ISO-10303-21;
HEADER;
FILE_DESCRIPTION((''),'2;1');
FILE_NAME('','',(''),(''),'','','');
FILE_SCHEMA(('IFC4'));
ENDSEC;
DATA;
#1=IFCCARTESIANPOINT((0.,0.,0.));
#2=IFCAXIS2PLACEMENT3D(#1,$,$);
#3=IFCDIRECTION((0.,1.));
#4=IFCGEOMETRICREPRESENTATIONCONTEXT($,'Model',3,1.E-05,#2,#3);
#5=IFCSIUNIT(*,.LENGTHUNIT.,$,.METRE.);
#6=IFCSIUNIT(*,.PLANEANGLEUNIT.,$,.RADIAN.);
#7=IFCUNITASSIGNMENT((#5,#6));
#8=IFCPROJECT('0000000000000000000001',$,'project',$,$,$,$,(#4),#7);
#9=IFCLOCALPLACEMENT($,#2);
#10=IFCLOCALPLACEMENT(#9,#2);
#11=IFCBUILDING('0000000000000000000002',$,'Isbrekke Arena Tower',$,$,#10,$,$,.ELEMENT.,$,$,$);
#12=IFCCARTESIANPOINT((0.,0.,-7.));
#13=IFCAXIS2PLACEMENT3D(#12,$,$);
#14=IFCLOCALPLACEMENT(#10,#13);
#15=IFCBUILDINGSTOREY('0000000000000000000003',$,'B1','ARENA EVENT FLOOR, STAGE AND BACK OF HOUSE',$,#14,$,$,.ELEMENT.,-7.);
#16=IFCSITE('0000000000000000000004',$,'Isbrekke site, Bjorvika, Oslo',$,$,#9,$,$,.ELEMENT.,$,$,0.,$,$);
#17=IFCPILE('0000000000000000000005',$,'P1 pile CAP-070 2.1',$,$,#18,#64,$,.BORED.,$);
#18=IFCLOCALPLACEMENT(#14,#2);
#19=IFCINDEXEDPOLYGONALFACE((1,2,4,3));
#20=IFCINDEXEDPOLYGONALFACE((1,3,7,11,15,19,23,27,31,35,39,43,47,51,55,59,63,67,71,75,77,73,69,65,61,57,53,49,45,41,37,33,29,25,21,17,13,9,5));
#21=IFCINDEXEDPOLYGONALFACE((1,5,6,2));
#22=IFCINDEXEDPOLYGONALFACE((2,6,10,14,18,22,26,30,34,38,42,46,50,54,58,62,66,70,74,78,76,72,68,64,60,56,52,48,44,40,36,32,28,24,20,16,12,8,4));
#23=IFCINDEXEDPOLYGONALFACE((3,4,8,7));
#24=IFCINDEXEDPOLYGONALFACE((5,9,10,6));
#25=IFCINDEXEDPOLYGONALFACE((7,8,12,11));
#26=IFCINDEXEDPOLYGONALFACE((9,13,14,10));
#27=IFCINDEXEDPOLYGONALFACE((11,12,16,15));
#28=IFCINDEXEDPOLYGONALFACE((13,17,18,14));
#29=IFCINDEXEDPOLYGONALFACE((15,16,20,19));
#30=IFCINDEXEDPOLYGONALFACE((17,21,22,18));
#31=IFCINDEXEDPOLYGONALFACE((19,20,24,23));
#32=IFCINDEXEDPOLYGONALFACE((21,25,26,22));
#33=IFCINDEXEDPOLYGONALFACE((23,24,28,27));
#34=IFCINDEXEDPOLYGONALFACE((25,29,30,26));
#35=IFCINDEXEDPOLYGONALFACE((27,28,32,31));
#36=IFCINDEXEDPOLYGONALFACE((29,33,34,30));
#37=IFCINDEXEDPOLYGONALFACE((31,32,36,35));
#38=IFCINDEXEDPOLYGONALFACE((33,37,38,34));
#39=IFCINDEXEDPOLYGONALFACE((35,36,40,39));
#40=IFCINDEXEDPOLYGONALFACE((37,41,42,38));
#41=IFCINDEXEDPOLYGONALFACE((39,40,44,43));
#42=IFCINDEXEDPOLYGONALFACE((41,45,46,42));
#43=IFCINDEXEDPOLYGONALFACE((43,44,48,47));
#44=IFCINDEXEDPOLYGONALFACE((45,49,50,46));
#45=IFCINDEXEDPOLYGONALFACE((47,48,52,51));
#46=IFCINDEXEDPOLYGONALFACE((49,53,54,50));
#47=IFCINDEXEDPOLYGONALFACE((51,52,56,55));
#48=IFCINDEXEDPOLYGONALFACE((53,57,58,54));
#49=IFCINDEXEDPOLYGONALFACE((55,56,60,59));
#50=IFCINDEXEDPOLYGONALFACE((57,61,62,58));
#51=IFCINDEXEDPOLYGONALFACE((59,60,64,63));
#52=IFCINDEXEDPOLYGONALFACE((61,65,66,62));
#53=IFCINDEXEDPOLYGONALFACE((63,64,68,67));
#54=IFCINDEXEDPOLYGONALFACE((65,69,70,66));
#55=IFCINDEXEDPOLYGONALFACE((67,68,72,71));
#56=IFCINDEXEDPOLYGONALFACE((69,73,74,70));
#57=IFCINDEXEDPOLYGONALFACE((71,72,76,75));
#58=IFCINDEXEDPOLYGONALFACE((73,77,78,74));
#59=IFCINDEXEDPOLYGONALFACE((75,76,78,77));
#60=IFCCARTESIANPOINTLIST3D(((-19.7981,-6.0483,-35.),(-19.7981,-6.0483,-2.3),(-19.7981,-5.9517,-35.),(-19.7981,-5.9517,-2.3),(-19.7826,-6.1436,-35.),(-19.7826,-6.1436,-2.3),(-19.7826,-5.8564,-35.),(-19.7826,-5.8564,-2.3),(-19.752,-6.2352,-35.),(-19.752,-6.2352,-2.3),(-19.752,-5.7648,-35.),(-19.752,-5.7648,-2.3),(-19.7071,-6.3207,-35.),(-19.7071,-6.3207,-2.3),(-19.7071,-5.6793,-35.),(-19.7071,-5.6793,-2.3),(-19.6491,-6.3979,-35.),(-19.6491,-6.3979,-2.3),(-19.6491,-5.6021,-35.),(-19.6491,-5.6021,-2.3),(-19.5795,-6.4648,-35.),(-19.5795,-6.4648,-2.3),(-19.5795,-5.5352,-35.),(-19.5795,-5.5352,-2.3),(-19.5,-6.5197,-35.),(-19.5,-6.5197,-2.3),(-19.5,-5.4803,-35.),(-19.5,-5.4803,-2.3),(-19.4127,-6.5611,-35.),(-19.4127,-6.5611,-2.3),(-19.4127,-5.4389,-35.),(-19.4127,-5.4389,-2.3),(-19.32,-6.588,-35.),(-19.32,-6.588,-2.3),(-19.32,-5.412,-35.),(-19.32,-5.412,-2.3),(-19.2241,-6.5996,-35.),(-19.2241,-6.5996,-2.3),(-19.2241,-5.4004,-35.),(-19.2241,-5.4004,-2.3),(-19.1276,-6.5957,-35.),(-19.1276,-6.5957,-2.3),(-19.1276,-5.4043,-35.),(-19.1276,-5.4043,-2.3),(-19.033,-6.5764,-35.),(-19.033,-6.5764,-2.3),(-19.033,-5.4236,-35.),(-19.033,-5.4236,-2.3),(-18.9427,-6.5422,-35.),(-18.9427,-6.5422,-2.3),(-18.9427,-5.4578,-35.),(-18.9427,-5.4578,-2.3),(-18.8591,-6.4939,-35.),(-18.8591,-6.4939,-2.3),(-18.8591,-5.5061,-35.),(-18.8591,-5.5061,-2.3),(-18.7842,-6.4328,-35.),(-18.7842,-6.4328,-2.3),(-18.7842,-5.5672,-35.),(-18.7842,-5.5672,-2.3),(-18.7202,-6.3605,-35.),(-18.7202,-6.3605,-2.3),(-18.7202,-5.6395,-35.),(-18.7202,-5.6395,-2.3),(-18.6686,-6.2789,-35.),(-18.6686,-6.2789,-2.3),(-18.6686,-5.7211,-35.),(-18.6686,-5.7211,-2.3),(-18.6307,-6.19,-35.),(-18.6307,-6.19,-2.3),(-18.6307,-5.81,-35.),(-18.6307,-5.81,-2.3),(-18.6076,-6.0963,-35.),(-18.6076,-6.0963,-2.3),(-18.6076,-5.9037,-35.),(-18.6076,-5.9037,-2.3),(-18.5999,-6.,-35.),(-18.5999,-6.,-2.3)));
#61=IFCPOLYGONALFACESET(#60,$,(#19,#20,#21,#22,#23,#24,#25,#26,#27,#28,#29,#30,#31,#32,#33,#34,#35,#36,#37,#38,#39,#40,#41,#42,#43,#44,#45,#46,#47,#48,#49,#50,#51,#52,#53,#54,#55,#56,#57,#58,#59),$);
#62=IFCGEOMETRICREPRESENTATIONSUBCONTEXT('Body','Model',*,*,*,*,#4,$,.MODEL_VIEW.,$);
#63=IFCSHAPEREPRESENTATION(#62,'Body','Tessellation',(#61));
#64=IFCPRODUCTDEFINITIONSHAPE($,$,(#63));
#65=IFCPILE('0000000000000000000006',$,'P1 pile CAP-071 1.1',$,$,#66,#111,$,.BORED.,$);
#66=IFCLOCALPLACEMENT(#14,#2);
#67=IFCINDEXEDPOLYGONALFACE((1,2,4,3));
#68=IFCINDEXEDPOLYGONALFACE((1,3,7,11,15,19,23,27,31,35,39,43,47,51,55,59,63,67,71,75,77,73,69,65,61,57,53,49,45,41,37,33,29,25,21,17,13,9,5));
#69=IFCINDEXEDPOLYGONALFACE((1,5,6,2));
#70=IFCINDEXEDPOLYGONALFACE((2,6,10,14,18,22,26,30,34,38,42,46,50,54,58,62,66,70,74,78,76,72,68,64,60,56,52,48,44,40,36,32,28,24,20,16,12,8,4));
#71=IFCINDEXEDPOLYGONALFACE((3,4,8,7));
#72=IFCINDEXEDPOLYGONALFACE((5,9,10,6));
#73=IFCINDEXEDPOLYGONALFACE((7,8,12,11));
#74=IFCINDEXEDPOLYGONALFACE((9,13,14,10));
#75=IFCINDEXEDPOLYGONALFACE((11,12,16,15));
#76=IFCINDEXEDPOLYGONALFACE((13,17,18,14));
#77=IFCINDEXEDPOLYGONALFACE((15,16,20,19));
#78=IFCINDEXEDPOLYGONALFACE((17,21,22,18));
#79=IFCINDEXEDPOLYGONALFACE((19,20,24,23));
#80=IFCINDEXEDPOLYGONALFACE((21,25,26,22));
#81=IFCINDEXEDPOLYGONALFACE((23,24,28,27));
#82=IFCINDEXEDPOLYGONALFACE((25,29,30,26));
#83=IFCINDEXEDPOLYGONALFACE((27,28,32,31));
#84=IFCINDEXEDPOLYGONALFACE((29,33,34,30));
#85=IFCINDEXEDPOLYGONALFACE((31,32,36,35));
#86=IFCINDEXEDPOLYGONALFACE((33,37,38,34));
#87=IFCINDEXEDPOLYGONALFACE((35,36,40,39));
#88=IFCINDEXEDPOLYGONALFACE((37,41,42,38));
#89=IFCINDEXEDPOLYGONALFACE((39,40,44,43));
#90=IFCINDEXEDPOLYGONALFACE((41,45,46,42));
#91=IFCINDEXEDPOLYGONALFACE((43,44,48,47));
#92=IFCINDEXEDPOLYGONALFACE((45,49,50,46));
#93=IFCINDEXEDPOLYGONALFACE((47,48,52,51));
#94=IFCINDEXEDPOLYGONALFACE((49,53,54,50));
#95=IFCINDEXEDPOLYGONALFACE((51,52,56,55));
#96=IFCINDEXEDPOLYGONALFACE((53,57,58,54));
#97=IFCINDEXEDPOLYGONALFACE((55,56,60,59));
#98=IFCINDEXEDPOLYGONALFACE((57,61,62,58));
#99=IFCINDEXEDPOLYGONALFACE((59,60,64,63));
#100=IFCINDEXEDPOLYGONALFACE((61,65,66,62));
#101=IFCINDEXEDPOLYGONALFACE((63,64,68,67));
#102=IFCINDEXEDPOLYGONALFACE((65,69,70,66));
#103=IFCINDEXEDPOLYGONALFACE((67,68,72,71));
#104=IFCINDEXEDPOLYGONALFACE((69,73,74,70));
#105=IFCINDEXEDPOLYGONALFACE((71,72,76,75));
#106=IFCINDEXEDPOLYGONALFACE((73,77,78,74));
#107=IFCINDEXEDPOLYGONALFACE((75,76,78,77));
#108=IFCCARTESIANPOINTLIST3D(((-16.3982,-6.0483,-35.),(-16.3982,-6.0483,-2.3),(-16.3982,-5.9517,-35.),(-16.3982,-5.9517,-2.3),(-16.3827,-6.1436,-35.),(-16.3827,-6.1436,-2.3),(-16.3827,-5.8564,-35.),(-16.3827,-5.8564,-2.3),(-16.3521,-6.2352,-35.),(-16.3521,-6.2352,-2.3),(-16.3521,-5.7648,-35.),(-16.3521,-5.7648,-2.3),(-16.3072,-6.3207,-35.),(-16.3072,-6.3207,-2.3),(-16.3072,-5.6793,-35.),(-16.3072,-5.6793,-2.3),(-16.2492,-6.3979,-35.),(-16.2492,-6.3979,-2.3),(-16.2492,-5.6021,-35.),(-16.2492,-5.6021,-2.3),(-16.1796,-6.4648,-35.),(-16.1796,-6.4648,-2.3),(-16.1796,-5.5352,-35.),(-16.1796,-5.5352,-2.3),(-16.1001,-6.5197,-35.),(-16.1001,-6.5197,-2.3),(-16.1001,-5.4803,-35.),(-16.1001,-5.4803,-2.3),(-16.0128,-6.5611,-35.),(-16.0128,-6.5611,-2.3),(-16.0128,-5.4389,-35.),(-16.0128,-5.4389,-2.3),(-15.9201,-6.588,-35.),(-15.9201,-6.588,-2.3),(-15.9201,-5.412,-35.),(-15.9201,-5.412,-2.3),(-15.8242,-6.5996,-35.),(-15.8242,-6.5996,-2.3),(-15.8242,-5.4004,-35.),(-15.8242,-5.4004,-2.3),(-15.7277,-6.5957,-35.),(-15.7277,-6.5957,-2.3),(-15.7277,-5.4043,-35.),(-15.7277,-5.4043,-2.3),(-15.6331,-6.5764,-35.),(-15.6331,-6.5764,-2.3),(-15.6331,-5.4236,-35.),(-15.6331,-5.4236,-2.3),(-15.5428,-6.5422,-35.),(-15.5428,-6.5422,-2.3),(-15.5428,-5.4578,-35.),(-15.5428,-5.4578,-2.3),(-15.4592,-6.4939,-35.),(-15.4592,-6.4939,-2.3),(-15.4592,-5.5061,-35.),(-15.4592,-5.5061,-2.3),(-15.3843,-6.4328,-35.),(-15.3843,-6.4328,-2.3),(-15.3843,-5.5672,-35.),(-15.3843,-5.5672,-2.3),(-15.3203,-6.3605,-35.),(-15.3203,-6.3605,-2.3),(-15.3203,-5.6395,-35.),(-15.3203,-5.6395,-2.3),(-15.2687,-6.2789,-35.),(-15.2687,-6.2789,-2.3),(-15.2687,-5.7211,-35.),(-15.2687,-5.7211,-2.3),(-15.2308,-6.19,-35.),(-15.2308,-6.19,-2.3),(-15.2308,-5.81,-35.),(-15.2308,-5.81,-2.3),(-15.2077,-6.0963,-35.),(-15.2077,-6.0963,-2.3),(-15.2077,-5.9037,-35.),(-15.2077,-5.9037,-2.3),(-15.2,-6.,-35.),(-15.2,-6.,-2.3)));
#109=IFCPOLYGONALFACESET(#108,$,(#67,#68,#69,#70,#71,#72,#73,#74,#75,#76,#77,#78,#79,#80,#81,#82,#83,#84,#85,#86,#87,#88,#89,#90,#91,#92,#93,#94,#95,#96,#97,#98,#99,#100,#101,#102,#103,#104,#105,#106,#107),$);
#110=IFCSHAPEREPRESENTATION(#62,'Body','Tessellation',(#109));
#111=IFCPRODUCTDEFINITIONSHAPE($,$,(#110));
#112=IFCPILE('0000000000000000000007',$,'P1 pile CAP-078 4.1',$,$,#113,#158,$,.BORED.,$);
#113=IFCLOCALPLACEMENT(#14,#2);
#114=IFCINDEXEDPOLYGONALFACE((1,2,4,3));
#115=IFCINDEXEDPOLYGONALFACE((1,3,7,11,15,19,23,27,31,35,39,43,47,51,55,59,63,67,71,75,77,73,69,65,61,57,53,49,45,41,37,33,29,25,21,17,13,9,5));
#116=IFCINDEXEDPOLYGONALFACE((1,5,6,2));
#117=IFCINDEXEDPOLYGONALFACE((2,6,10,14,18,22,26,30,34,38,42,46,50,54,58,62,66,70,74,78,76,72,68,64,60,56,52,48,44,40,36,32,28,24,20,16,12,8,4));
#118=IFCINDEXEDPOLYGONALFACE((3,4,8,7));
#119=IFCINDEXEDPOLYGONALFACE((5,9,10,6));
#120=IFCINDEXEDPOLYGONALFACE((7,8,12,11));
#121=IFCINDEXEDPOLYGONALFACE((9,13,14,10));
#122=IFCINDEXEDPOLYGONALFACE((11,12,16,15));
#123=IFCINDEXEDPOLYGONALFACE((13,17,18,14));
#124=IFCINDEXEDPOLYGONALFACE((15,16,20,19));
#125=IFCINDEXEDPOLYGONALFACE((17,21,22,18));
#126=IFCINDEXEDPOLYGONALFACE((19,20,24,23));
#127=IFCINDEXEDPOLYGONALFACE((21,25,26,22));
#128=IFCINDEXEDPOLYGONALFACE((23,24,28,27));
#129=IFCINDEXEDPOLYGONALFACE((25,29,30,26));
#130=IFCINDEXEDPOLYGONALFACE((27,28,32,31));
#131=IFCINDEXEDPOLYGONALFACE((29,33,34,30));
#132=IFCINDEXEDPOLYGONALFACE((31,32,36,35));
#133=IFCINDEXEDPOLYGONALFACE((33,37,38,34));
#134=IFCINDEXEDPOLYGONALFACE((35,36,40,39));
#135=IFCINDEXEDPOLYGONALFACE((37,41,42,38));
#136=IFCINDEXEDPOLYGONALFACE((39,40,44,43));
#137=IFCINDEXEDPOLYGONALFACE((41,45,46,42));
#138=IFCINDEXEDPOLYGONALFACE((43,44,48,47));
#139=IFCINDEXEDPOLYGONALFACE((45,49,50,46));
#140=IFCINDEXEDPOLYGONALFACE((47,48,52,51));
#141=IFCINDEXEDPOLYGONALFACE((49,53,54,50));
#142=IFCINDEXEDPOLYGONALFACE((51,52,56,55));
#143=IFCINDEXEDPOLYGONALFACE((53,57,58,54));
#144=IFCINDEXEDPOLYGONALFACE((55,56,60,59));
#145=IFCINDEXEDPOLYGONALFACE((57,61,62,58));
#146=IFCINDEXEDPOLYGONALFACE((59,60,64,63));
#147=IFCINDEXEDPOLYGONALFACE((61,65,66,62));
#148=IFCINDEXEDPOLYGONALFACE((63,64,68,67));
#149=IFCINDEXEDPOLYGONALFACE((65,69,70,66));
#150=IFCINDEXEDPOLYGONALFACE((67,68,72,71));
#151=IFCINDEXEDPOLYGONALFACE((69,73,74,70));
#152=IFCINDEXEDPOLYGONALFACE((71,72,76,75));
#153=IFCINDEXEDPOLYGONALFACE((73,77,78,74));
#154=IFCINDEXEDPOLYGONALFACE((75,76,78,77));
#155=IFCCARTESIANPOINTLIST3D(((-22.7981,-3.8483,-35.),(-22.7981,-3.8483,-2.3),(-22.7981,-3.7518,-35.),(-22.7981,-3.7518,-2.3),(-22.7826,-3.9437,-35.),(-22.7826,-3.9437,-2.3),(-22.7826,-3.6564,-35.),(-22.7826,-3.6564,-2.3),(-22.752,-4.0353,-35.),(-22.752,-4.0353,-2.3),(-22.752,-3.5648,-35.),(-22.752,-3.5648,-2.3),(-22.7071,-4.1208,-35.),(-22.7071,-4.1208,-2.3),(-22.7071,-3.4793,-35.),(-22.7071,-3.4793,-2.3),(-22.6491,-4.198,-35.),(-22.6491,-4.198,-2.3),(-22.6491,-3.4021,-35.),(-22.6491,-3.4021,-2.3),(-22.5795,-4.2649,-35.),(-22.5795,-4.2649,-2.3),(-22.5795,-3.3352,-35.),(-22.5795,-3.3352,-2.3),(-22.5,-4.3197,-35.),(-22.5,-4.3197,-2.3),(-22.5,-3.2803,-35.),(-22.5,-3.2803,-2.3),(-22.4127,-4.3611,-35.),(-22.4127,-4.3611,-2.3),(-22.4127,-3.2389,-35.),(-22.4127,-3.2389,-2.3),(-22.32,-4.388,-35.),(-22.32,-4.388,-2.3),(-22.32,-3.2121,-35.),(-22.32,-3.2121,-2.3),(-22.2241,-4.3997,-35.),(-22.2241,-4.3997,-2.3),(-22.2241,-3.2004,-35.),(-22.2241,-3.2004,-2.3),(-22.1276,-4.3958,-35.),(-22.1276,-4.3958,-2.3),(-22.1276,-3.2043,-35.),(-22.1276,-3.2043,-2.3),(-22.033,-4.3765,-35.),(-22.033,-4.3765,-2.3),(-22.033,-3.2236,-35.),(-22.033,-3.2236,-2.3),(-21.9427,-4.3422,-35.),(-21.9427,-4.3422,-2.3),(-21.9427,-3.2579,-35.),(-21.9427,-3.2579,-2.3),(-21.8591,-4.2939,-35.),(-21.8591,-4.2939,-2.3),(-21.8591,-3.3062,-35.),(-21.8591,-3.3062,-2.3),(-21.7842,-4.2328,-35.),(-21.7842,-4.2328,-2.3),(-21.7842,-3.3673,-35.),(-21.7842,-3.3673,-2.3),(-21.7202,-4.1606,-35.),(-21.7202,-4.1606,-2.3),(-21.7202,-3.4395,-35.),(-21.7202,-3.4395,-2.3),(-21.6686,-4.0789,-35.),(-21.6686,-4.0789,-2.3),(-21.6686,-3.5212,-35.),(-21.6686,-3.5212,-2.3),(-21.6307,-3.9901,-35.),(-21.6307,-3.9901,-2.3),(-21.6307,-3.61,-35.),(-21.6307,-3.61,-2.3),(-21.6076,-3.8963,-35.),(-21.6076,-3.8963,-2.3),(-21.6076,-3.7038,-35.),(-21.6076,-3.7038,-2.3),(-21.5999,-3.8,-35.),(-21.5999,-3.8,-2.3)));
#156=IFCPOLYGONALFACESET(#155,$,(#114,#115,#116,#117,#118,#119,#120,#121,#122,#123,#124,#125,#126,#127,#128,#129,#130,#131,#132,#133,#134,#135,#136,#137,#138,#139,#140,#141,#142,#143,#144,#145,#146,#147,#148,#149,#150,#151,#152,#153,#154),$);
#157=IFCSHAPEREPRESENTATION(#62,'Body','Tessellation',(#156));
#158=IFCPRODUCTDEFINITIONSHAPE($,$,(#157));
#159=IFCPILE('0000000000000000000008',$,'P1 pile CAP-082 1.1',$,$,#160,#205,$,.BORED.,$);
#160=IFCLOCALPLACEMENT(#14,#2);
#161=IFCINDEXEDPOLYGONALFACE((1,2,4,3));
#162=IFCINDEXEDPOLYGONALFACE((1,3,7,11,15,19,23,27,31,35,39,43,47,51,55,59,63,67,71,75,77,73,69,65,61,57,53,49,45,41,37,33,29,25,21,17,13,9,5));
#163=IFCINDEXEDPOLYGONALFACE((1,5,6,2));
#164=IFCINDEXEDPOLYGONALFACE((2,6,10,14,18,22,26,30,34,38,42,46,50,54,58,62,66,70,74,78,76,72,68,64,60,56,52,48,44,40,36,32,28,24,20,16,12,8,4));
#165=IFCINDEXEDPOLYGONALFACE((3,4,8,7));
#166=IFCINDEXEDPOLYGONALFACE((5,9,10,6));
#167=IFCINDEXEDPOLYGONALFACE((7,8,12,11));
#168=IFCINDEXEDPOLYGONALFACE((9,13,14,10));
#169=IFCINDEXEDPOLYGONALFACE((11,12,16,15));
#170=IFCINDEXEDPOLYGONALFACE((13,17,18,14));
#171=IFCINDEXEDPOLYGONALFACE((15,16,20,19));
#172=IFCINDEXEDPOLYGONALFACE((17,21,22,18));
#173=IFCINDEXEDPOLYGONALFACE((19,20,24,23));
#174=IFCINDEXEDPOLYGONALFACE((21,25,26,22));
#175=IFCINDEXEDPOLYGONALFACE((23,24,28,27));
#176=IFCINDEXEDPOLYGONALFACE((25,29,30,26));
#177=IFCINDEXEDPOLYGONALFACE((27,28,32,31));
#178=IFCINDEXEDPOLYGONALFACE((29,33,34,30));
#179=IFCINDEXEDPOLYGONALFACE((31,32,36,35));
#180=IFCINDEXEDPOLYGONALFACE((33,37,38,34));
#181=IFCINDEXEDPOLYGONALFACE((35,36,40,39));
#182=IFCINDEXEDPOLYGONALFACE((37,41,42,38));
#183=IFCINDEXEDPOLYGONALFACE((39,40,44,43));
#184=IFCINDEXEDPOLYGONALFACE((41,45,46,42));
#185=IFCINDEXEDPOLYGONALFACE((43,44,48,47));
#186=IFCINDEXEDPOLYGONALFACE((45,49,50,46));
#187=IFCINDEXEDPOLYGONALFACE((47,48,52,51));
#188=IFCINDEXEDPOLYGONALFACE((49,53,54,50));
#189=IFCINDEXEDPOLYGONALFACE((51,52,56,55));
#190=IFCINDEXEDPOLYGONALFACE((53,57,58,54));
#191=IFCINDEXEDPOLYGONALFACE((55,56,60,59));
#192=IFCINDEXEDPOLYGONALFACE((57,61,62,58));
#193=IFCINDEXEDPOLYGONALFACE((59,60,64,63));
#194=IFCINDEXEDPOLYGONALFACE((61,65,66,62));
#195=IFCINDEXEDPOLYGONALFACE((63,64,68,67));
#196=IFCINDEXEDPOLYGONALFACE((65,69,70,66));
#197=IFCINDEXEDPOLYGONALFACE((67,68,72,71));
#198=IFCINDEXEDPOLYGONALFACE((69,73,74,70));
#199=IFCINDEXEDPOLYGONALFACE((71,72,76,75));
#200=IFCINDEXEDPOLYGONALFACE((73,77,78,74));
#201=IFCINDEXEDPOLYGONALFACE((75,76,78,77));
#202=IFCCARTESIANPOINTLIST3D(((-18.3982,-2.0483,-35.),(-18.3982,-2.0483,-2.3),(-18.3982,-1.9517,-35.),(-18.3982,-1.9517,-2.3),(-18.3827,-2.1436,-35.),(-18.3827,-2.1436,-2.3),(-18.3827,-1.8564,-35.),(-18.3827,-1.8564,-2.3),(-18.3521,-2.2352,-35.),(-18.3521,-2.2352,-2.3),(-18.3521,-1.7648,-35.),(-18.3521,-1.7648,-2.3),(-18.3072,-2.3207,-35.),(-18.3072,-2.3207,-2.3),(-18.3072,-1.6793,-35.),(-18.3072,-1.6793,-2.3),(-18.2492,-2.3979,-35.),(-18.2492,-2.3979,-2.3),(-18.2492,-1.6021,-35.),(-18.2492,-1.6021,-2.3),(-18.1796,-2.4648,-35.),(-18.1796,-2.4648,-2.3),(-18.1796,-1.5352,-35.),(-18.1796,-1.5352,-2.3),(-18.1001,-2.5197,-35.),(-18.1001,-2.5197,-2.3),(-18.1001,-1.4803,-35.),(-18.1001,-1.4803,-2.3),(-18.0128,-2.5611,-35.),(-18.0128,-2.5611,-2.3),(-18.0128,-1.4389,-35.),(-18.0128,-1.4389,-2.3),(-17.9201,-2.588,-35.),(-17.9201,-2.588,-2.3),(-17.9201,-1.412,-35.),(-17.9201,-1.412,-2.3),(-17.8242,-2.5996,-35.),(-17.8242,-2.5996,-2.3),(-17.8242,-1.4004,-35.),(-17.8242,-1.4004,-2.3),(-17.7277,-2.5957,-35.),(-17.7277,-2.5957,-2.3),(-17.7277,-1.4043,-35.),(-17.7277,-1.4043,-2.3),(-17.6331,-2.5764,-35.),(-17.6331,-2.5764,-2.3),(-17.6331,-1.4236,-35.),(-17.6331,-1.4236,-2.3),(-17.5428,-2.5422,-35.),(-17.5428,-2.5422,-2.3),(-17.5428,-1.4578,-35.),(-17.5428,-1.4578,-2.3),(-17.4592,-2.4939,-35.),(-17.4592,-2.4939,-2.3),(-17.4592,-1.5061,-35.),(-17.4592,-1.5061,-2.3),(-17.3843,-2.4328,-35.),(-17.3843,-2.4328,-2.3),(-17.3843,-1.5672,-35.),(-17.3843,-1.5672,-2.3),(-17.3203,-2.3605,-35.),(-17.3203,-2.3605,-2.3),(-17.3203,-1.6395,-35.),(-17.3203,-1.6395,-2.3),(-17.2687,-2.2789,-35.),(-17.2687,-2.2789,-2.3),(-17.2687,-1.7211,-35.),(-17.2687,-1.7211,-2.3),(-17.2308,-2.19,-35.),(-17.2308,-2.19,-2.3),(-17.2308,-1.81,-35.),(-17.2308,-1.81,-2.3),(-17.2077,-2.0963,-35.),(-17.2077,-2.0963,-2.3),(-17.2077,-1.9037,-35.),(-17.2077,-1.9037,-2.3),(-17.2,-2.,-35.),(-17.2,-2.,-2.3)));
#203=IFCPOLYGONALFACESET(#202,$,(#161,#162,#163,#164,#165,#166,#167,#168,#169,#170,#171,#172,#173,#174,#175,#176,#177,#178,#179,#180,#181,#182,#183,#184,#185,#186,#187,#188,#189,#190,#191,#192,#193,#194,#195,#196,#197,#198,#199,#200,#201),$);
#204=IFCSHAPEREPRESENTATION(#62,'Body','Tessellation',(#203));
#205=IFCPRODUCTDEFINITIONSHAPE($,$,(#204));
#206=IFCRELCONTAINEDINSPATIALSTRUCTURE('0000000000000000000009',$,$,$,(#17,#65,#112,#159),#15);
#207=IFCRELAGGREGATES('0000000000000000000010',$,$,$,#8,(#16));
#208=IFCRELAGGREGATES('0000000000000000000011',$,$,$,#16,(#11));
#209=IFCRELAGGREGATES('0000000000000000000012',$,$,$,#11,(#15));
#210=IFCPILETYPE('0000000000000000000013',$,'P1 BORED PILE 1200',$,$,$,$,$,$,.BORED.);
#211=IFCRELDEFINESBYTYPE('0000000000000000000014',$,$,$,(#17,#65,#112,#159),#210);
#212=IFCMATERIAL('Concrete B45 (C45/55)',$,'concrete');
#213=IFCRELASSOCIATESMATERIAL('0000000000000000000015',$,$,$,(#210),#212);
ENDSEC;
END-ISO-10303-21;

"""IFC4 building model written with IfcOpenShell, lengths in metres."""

from ifc_helpers import new_model, si_unit, direction, frame, origin, origin_2d, place, context, subcontext, project, spatial, circle, extrude, material, material_profile, profile_set, type_object, element, save


model = new_model("IFC4")

# Units and contexts
model_context = context("Model", 3, precision=1e-05, world=origin(), true_north=direction((0.0, 1.0)))
body_context = subcontext(model_context, "Body", "Model", "MODEL_VIEW")
ifc_project = project(units=[si_unit("LENGTHUNIT", "METRE"), si_unit("PLANEANGLEUNIT", "RADIAN")], contexts=[model_context])

# Site, building, storey
site_placement = place(None, origin())
site = spatial("IfcSite", under=ifc_project, at=site_placement, Name="Isbrekke site, Bjorvika, Oslo", CompositionType="ELEMENT", RefElevation=0.0)
building_placement = place(site_placement, origin())
building = spatial("IfcBuilding", under=site, at=building_placement, Name="Isbrekke Arena Tower", CompositionType="ELEMENT")
storey_placement = place(building_placement, frame((0.0, 0.0, -7.0)))
storey = spatial("IfcBuildingStorey", under=building, at=storey_placement, Name="B1", Description="ARENA EVENT FLOOR, STAGE AND BACK OF HOUSE", CompositionType="ELEMENT", Elevation=-7.0)

# Piles
ifc_material_1 = material(Name="Concrete B45 (C45/55)", Category="concrete")
ifc_material_profile_1 = material_profile(ifc_material_1, circle(Radius=0.6001, at=origin_2d()), Name="BORED PILE D1200")
ifc_profile_set_1 = profile_set([ifc_material_profile_1], Name="Concrete B45 (C45/55)")
pile_type = type_object("IfcPileType", Name="P1 BORED PILE 1200", PredefinedType="BORED", material=ifc_profile_set_1)
for number, where, z_axis, x_axis, name in (
    (1, (-19.2, -6.0, -2.3), (0.0, 0.0, -1.0), (1.0, 0.0, 0.0), "P1 pile CAP-070 2.1"),
    (2, (-15.8, -6.0, -2.3), (0.0, 0.0, -1.0), (1.0, 0.0, 0.0), "P1 pile CAP-071 1.1"),
    (3, (-22.2, -3.8, -2.3), (0.0, 0.0, -1.0), (1.0, 0.0, 0.0), "P1 pile CAP-078 4.1"),
    (4, (-17.8, -2.0, -2.3), (0.0, 0.0, -1.0), (1.0, 0.0, 0.0), "P1 pile CAP-082 1.1"),
):
    element("IfcPile", number, at=place(storey_placement, frame(where, z_axis=z_axis, x_axis=x_axis)), inside=storey, type_object=pile_type, Name=name, PredefinedType="BORED", context=body_context, shape_type="SweptSolid", body=[
        extrude(circle(Radius=0.6001, at=origin_2d()), origin(), (0.0, 0.0, 1.0), 32.7),
    ])

save(model, "model.ifc")
